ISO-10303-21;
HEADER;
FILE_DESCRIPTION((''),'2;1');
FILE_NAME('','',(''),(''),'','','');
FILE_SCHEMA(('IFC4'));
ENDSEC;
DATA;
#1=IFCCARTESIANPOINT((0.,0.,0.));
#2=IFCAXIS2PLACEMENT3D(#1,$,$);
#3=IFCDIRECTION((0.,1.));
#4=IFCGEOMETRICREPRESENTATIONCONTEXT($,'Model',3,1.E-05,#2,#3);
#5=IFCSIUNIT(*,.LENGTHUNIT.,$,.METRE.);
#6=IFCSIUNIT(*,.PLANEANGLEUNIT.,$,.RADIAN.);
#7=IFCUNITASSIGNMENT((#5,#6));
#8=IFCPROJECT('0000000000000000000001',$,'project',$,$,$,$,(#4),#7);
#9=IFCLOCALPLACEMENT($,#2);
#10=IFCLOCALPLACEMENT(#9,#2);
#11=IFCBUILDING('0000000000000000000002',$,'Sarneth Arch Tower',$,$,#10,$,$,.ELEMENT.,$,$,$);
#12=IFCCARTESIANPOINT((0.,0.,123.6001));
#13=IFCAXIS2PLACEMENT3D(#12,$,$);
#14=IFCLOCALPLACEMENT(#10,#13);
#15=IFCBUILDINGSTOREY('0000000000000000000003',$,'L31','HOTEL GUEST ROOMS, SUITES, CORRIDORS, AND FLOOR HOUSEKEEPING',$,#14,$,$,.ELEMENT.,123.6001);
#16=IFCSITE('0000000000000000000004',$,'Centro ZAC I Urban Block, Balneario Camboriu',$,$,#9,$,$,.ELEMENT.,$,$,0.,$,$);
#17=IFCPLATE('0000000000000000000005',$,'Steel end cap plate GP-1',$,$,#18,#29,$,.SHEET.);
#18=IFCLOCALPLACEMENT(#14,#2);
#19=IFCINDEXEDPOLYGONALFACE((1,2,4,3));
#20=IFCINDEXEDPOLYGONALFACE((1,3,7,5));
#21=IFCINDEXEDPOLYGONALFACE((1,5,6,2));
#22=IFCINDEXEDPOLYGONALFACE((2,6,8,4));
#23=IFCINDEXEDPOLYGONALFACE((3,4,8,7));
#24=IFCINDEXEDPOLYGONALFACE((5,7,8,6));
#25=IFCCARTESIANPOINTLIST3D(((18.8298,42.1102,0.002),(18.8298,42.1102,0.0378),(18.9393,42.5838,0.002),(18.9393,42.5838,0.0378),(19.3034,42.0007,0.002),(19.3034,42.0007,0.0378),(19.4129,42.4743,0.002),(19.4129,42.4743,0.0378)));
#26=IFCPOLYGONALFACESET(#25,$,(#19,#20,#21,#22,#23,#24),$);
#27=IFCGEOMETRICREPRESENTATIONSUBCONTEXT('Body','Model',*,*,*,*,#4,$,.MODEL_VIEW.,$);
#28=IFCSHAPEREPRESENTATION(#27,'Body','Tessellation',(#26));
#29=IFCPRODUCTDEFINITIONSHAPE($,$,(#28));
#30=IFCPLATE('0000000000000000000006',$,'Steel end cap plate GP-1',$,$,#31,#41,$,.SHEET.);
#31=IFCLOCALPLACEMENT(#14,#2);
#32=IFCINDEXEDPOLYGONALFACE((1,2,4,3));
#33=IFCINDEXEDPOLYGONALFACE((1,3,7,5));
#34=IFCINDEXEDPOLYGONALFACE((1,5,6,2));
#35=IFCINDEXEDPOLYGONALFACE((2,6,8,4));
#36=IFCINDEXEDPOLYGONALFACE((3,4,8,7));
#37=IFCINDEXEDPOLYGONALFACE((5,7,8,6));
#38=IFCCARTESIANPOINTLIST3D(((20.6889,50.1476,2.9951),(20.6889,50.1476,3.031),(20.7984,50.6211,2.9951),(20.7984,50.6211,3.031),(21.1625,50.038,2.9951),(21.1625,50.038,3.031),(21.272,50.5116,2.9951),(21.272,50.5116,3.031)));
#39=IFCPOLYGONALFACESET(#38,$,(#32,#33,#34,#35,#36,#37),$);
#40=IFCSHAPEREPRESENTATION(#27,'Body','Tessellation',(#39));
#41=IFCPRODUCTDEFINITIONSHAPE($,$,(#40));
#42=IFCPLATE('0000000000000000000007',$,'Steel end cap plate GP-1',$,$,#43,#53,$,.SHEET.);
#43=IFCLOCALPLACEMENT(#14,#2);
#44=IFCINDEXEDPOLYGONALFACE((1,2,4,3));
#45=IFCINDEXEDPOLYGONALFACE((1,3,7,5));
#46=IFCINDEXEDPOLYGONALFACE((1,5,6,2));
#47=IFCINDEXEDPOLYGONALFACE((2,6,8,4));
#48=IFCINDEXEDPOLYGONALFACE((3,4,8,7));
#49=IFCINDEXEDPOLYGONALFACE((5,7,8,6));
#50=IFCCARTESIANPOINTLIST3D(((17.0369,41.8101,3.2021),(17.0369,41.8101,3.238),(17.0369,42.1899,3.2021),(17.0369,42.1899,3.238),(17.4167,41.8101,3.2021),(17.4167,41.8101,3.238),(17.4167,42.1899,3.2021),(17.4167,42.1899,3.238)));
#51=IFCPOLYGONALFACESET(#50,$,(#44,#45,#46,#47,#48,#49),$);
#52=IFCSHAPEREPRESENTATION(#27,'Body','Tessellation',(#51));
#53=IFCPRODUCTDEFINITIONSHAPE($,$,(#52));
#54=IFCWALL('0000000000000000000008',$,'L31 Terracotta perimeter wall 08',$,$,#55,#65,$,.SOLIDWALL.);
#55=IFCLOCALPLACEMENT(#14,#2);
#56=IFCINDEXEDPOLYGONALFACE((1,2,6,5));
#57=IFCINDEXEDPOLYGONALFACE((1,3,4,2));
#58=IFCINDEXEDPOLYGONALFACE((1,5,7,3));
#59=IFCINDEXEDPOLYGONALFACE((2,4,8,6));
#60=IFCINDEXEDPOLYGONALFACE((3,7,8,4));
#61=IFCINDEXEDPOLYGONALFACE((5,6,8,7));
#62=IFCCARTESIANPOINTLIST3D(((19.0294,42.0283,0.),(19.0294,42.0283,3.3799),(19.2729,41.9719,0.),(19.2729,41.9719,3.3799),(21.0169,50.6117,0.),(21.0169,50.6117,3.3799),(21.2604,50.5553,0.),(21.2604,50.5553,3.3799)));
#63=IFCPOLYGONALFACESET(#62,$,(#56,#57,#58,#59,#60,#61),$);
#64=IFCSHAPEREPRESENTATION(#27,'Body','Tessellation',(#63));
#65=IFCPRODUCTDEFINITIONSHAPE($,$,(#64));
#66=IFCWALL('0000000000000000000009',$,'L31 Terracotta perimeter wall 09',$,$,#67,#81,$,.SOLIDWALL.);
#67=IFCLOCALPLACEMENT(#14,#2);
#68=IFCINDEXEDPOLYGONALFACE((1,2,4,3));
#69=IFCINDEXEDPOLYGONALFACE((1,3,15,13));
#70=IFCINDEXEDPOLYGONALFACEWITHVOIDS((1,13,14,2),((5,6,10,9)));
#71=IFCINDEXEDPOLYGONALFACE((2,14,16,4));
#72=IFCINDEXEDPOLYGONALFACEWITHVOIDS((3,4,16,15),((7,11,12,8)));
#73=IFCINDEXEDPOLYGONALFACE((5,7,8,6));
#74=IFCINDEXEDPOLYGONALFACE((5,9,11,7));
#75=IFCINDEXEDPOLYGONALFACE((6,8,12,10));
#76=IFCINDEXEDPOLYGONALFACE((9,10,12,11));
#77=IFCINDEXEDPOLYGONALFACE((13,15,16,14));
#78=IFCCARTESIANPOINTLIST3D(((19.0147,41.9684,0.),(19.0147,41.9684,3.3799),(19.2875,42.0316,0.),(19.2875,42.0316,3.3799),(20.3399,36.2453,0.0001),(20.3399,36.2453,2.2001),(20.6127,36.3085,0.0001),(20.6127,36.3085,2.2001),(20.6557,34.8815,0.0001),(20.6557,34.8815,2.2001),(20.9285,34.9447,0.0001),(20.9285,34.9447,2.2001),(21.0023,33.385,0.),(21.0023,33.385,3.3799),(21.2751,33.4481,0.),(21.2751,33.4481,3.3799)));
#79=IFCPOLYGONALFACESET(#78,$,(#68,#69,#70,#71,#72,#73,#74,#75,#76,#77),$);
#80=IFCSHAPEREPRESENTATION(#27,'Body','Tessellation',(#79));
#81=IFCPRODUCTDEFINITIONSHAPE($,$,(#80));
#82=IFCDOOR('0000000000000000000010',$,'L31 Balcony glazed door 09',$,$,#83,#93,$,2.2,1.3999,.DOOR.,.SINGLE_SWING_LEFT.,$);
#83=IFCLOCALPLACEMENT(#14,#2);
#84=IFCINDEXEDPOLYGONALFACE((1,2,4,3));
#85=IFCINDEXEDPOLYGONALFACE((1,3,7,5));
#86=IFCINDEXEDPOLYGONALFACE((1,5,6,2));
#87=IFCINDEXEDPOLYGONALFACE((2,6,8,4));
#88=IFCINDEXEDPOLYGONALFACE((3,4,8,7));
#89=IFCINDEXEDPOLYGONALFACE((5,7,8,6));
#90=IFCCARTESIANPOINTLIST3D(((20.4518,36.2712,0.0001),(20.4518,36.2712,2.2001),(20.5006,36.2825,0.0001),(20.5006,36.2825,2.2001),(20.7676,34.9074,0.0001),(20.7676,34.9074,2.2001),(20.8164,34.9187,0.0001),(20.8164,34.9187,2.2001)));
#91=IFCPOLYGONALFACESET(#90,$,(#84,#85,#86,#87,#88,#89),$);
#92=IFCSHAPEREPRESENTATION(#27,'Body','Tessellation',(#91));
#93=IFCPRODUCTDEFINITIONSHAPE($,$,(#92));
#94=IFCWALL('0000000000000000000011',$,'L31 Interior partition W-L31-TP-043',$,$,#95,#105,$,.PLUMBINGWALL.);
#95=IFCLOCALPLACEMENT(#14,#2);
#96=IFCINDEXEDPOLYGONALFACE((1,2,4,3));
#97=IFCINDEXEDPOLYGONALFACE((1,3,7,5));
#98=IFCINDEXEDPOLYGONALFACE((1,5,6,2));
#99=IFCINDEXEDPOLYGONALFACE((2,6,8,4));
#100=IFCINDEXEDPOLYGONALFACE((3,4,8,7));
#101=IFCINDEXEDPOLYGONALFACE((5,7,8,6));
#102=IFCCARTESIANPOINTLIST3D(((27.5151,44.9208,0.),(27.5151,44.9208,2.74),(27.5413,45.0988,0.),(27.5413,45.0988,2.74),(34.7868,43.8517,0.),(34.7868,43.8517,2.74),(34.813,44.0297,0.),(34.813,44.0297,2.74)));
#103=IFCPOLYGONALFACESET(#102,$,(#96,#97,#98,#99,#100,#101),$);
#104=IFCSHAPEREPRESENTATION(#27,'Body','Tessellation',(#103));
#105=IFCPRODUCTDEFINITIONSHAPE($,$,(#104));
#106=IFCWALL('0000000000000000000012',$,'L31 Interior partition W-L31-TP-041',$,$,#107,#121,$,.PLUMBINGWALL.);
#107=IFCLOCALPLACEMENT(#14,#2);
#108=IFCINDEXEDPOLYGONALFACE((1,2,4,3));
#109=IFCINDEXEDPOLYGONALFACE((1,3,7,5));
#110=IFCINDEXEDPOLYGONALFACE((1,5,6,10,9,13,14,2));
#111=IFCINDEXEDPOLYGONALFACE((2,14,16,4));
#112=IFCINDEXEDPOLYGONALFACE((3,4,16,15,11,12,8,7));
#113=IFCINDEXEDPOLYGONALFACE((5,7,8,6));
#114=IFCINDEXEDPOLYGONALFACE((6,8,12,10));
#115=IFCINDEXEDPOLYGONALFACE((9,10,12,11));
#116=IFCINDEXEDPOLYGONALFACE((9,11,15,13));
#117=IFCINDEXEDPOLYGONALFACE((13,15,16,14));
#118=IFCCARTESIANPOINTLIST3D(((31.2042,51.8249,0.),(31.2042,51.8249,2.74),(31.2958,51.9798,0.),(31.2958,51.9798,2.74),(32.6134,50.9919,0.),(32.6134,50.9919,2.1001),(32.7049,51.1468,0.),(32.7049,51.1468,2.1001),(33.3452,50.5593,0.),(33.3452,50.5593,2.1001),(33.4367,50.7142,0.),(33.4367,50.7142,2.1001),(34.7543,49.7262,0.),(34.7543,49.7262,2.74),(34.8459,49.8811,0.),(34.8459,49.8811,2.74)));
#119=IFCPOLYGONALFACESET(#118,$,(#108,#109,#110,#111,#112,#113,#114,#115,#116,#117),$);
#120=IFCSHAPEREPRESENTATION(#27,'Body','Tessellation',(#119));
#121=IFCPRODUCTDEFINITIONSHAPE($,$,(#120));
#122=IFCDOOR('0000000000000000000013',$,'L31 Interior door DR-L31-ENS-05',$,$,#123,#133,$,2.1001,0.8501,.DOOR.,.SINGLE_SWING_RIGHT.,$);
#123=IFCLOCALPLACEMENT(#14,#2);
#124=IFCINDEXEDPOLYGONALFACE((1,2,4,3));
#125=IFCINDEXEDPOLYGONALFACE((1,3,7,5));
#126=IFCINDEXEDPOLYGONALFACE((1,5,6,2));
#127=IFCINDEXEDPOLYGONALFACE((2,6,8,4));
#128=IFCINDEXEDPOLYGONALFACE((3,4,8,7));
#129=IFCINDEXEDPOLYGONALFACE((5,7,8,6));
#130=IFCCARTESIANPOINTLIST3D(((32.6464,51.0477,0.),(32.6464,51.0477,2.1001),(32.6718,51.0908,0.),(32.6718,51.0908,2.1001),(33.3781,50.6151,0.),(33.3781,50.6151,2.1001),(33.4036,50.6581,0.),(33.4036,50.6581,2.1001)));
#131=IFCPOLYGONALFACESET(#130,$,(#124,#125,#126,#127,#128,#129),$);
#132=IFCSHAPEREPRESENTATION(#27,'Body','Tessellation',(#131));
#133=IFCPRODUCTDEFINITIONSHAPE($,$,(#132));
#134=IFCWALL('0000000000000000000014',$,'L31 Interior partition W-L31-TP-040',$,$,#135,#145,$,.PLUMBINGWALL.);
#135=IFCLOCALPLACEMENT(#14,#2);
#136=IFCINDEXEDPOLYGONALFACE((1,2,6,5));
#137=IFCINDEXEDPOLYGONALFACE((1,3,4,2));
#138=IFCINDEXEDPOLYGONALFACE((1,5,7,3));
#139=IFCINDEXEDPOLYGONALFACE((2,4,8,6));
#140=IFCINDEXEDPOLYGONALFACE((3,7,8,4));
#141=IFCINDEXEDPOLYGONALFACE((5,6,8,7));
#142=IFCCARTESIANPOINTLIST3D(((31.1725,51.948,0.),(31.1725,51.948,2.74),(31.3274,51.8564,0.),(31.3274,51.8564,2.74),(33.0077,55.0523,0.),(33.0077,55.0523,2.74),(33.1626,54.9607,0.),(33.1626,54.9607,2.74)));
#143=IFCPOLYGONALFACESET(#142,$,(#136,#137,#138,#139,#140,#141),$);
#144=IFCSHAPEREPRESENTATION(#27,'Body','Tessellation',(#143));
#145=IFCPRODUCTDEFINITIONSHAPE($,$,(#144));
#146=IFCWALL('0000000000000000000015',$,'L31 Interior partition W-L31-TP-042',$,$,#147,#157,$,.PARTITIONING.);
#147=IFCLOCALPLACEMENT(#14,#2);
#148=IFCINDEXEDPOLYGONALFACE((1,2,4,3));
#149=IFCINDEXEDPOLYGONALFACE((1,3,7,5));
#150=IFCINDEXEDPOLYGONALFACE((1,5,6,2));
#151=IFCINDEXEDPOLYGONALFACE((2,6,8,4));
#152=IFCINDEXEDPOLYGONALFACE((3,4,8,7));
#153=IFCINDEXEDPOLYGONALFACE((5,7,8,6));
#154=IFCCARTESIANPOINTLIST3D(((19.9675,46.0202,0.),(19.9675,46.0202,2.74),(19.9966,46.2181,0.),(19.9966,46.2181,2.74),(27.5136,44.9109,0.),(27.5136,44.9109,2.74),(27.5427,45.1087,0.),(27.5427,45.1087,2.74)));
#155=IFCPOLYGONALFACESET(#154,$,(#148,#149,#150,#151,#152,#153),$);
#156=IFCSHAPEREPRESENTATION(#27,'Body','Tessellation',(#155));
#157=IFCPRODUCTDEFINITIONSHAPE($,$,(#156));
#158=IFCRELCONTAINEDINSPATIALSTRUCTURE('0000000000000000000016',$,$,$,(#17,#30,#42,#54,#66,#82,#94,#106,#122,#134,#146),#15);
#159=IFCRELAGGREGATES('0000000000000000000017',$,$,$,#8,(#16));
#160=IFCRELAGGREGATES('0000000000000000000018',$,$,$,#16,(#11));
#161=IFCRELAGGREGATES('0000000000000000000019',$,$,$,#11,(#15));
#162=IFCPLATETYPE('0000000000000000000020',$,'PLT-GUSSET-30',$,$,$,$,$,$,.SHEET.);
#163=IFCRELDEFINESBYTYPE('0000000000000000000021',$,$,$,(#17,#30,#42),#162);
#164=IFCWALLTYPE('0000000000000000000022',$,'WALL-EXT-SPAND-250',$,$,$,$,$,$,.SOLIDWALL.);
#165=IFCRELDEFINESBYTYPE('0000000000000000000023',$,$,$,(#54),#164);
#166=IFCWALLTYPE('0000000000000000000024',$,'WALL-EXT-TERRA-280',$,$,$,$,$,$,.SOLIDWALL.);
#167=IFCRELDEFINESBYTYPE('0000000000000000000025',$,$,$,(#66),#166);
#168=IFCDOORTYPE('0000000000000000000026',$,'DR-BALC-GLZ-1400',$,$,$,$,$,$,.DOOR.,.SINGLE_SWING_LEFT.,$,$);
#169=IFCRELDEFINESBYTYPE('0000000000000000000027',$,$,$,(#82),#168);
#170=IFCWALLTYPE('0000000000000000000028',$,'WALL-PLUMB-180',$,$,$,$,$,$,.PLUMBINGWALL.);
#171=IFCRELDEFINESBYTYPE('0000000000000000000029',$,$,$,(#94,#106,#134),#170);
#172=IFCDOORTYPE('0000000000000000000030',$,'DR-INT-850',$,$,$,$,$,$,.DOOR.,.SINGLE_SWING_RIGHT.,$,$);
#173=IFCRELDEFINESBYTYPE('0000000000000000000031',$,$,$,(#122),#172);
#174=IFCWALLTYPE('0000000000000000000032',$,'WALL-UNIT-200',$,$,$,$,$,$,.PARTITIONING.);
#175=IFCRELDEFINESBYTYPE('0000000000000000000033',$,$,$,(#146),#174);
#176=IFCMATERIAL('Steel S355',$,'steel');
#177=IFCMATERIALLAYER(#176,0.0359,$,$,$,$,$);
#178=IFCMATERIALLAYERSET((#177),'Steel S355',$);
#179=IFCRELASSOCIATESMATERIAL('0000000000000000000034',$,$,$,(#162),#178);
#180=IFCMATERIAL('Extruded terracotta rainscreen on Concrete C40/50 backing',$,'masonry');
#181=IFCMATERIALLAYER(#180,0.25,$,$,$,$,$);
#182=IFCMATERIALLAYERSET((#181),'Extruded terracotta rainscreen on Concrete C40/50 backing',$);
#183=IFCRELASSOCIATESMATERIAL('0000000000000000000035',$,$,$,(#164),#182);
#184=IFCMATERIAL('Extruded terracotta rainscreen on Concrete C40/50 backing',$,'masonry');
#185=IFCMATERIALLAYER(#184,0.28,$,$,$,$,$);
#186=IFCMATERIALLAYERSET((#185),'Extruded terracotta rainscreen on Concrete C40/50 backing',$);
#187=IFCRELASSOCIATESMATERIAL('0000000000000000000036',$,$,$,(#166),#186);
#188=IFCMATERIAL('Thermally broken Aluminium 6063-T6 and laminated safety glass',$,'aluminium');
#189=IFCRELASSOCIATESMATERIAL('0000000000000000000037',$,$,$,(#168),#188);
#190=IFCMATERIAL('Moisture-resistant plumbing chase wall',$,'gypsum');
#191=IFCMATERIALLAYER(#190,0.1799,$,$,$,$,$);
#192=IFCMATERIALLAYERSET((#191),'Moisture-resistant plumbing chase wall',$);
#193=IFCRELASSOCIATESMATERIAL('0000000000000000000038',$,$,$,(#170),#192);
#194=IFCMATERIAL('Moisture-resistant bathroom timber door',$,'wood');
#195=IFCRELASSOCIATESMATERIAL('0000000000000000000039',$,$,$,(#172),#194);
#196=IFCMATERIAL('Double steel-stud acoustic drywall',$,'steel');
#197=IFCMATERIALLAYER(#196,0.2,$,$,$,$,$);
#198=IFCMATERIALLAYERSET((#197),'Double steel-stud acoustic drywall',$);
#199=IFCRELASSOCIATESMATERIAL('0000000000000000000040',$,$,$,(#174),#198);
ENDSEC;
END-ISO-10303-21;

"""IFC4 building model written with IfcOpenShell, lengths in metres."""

from ifc_helpers import new_model, si_unit, direction, frame, frame_2d, origin, origin_2d, place, context, subcontext, project, spatial, rectangle, extrude, material, layer, layer_set, type_object, element, fill, save


model = new_model("IFC4")

# Units and contexts
model_context = context("Model", 3, precision=1e-05, world=origin(), true_north=direction((0.0, 1.0)))
body_context = subcontext(model_context, "Body", "Model", "MODEL_VIEW")
ifc_project = project(units=[si_unit("LENGTHUNIT", "METRE"), si_unit("PLANEANGLEUNIT", "RADIAN")], contexts=[model_context])

# Site, building, storey
site_placement = place(None, origin())
site = spatial("IfcSite", under=ifc_project, at=site_placement, Name="Centro ZAC I Urban Block, Balneario Camboriu", CompositionType="ELEMENT", RefElevation=0.0)
building_placement = place(site_placement, origin())
building = spatial("IfcBuilding", under=site, at=building_placement, Name="Sarneth Arch Tower", CompositionType="ELEMENT")
storey_placement = place(building_placement, frame((0.0, 0.0, 123.6001)))
storey = spatial("IfcBuildingStorey", under=building, at=storey_placement, Name="L31", Description="HOTEL GUEST ROOMS, SUITES, CORRIDORS, AND FLOOR HOUSEKEEPING", CompositionType="ELEMENT", Elevation=123.6001)

# Plates
ifc_material_1 = material(Name="Steel S355", Category="steel")
ifc_layer_1 = layer(ifc_material_1, 0.0359)
ifc_layer_set_1 = layer_set([ifc_layer_1], Name="Steel S355")
plate_type = type_object("IfcPlateType", Name="PLT-GUSSET-30", PredefinedType="SHEET", material=ifc_layer_set_1)
for number, where, z_axis, x_axis, name in (
    (1, (19.1213, 42.2922, 0.002), (0.0, 0.0, 1.0), (-0.225291, -0.974291, 0.0), "Steel end cap plate GP-1"),
    (2, (20.9805, 50.3296, 2.9951), (0.0, 0.0, 1.0), (-0.225291, -0.974291, 0.0), "Steel end cap plate GP-1"),
):
    element("IfcPlate", number, at=place(storey_placement, frame(where, z_axis=z_axis, x_axis=x_axis)), inside=storey, type_object=plate_type, Name=name, PredefinedType="SHEET", context=body_context, shape_type="SweptSolid", body=[
        extrude(rectangle(XDim=0.4861, YDim=0.4861, at=origin_2d()), origin(), (0.0, 0.0, 1.0), 0.0359),
    ])
plate_placement = place(storey_placement, frame((17.2268, 42.0, 3.2021), z_axis=(0.0, 0.0, 1.0), x_axis=(-1.0, 0.0, 0.0)))
element("IfcPlate", 3, at=plate_placement, inside=storey, type_object=plate_type, Name="Steel end cap plate GP-1", PredefinedType="SHEET", context=body_context, shape_type="SweptSolid", body=[
    extrude(rectangle(XDim=0.3799, YDim=0.3799, at=origin_2d()), origin(), (0.0, 0.0, 1.0), 0.0359),
])

# Wall
ifc_material_2 = material(Name="Extruded terracotta rainscreen on Concrete C40/50 backing", Category="masonry")
ifc_layer_2 = layer(ifc_material_2, 0.25)
ifc_layer_set_2 = layer_set([ifc_layer_2], Name="Extruded terracotta rainscreen on Concrete C40/50 backing")
wall_type_1 = type_object("IfcWallType", Name="WALL-EXT-SPAND-250", PredefinedType="SOLIDWALL", material=ifc_layer_set_2)
wall_1_placement = place(storey_placement, frame((21.1387, 50.5835, 0.0), z_axis=(0.0, 0.0, 1.0), x_axis=(-0.225586, -0.974223, 0.0)))
element("IfcWall", 4, at=wall_1_placement, inside=storey, type_object=wall_type_1, Name="L31 Terracotta perimeter wall 08", PredefinedType="SOLIDWALL", context=body_context, shape_type="SweptSolid", body=[
    extrude(rectangle(XDim=8.8105, YDim=0.25, at=frame_2d((4.4053, 0.0))), origin(), (0.0, 0.0, 1.0), 3.3799),
])

# Wall, opening, door
ifc_material_3 = material(Name="Extruded terracotta rainscreen on Concrete C40/50 backing", Category="masonry")
ifc_layer_3 = layer(ifc_material_3, 0.28)
ifc_layer_set_3 = layer_set([ifc_layer_3], Name="Extruded terracotta rainscreen on Concrete C40/50 backing")
wall_type_2 = type_object("IfcWallType", Name="WALL-EXT-TERRA-280", PredefinedType="SOLIDWALL", material=ifc_layer_set_3)
wall_2_placement = place(storey_placement, frame((19.1511, 42.0, 0.0), z_axis=(0.0, 0.0, 1.0), x_axis=(0.225586, -0.974223, 0.0)))
wall_2 = element("IfcWall", 5, at=wall_2_placement, inside=storey, type_object=wall_type_2, Name="L31 Terracotta perimeter wall 09", PredefinedType="SOLIDWALL", context=body_context, shape_type="SweptSolid", body=[
    extrude(rectangle(XDim=8.8105, YDim=0.28, at=frame_2d((4.4053, 0.0))), origin(), (0.0, 0.0, 1.0), 3.3799),
])
opening_1_placement = place(wall_2_placement, frame((5.8745, 0.0, 0.0)))
opening_1 = element("IfcOpeningElement", 6, at=opening_1_placement, cuts=wall_2, PredefinedType="OPENING", context=body_context, shape_type="SweptSolid", body=[
    extrude(rectangle(XDim=1.3999, YDim=2.2, at=frame_2d((0.7, 1.1001))), frame((0.0, 0.1499, 0.0), z_axis=(0.0, -1.0, 0.0), x_axis=(1.0, 0.0, 0.0)), (0.0, 0.0, 1.0), 0.3),
])
ifc_material_4 = material(Name="Thermally broken Aluminium 6063-T6 and laminated safety glass", Category="aluminium")
door_type_1 = type_object("IfcDoorType", Name="DR-BALC-GLZ-1400", OperationType="SINGLE_SWING_LEFT", PredefinedType="DOOR", material=ifc_material_4)
door_1_placement = place(opening_1_placement, origin())
door_1 = element("IfcDoor", 7, at=door_1_placement, inside=storey, type_object=door_type_1, Name="L31 Balcony glazed door 09", OperationType="SINGLE_SWING_LEFT", OverallHeight=2.2, OverallWidth=1.3999, PredefinedType="DOOR", context=body_context, shape_type="SweptSolid", body=[
    extrude(rectangle(XDim=1.3999, YDim=2.2, at=frame_2d((0.7, 1.1001))), frame((0.0, 0.0249, 0.0), z_axis=(0.0, -1.0, 0.0), x_axis=(1.0, 0.0, 0.0)), (0.0, 0.0, 1.0), 0.05),
])
fill(opening_1, door_1)

# Wall
ifc_material_5 = material(Name="Moisture-resistant plumbing chase wall", Category="gypsum")
ifc_layer_4 = layer(ifc_material_5, 0.1799)
ifc_layer_set_4 = layer_set([ifc_layer_4], Name="Moisture-resistant plumbing chase wall")
wall_type_3 = type_object("IfcWallType", Name="WALL-PLUMB-180", PredefinedType="PLUMBINGWALL", material=ifc_layer_set_4)
wall_3_placement = place(storey_placement, frame((27.5283, 45.0098, 0.0), z_axis=(0.0, 0.0, 1.0), x_axis=(0.989365, -0.145457, 0.0)))
element("IfcWall", 8, at=wall_3_placement, inside=storey, type_object=wall_type_3, Name="L31 Interior partition W-L31-TP-043", PredefinedType="PLUMBINGWALL", context=body_context, shape_type="SweptSolid", body=[
    extrude(rectangle(XDim=7.3499, YDim=0.1799, at=frame_2d((3.6748, 0.0))), origin(), (0.0, 0.0, 1.0), 2.74),
])

# Wall, opening, door
wall_4_placement = place(storey_placement, frame((31.25, 51.9023, 0.0), z_axis=(0.0, 0.0, 1.0), x_axis=(0.860833, -0.508887, 0.0)))
wall_4 = element("IfcWall", 9, at=wall_4_placement, inside=storey, type_object=wall_type_3, Name="L31 Interior partition W-L31-TP-041", PredefinedType="PLUMBINGWALL", context=body_context, shape_type="SweptSolid", body=[
    extrude(rectangle(XDim=4.124, YDim=0.1799, at=frame_2d((2.062, 0.0))), origin(), (0.0, 0.0, 1.0), 2.74),
])
opening_2_placement = place(wall_4_placement, frame((1.637, 0.0, 0.0)))
opening_2 = element("IfcOpeningElement", 10, at=opening_2_placement, cuts=wall_4, PredefinedType="OPENING", context=body_context, shape_type="SweptSolid", body=[
    extrude(rectangle(XDim=0.8501, YDim=2.1001, at=frame_2d((0.425, 1.05))), frame((0.0, 0.0999, 0.0), z_axis=(0.0, -1.0, 0.0), x_axis=(1.0, 0.0, 0.0)), (0.0, 0.0, 1.0), 0.2),
])
ifc_material_6 = material(Name="Moisture-resistant bathroom timber door", Category="wood")
door_type_2 = type_object("IfcDoorType", Name="DR-INT-850", OperationType="SINGLE_SWING_RIGHT", PredefinedType="DOOR", material=ifc_material_6)
door_2_placement = place(opening_2_placement, origin())
door_2 = element("IfcDoor", 11, at=door_2_placement, inside=storey, type_object=door_type_2, Name="L31 Interior door DR-L31-ENS-05", OperationType="SINGLE_SWING_RIGHT", OverallHeight=2.1001, OverallWidth=0.8501, PredefinedType="DOOR", context=body_context, shape_type="SweptSolid", body=[
    extrude(rectangle(XDim=0.8501, YDim=2.1001, at=frame_2d((0.425, 1.05))), frame((0.0, 0.0249, 0.0), z_axis=(0.0, -1.0, 0.0), x_axis=(1.0, 0.0, 0.0)), (0.0, 0.0, 1.0), 0.05),
])
fill(opening_2, door_2)

# Walls
wall_5_placement = place(storey_placement, frame((33.0852, 55.0066, 0.0), z_axis=(0.0, 0.0, 1.0), x_axis=(-0.508909, -0.86082, 0.0)))
element("IfcWall", 12, at=wall_5_placement, inside=storey, type_object=wall_type_3, Name="L31 Interior partition W-L31-TP-040", PredefinedType="PLUMBINGWALL", context=body_context, shape_type="SweptSolid", body=[
    extrude(rectangle(XDim=3.6062, YDim=0.1799, at=frame_2d((1.8032, 0.0))), origin(), (0.0, 0.0, 1.0), 2.74),
])
ifc_material_7 = material(Name="Double steel-stud acoustic drywall", Category="steel")
ifc_layer_5 = layer(ifc_material_7, 0.2)
ifc_layer_set_5 = layer_set([ifc_layer_5], Name="Double steel-stud acoustic drywall")
wall_type_4 = type_object("IfcWallType", Name="WALL-UNIT-200", PredefinedType="PARTITIONING", material=ifc_layer_set_5)
wall_6_placement = place(storey_placement, frame((19.9822, 46.1191, 0.0), z_axis=(0.0, 0.0, 1.0), x_axis=(0.989366, -0.145449, 0.0)))
element("IfcWall", 13, at=wall_6_placement, inside=storey, type_object=wall_type_4, Name="L31 Interior partition W-L31-TP-042", PredefinedType="PARTITIONING", context=body_context, shape_type="SweptSolid", body=[
    extrude(rectangle(XDim=7.6272, YDim=0.2, at=frame_2d((3.8135, 0.0))), origin(), (0.0, 0.0, 1.0), 2.74),
])

save(model, "model.ifc")
